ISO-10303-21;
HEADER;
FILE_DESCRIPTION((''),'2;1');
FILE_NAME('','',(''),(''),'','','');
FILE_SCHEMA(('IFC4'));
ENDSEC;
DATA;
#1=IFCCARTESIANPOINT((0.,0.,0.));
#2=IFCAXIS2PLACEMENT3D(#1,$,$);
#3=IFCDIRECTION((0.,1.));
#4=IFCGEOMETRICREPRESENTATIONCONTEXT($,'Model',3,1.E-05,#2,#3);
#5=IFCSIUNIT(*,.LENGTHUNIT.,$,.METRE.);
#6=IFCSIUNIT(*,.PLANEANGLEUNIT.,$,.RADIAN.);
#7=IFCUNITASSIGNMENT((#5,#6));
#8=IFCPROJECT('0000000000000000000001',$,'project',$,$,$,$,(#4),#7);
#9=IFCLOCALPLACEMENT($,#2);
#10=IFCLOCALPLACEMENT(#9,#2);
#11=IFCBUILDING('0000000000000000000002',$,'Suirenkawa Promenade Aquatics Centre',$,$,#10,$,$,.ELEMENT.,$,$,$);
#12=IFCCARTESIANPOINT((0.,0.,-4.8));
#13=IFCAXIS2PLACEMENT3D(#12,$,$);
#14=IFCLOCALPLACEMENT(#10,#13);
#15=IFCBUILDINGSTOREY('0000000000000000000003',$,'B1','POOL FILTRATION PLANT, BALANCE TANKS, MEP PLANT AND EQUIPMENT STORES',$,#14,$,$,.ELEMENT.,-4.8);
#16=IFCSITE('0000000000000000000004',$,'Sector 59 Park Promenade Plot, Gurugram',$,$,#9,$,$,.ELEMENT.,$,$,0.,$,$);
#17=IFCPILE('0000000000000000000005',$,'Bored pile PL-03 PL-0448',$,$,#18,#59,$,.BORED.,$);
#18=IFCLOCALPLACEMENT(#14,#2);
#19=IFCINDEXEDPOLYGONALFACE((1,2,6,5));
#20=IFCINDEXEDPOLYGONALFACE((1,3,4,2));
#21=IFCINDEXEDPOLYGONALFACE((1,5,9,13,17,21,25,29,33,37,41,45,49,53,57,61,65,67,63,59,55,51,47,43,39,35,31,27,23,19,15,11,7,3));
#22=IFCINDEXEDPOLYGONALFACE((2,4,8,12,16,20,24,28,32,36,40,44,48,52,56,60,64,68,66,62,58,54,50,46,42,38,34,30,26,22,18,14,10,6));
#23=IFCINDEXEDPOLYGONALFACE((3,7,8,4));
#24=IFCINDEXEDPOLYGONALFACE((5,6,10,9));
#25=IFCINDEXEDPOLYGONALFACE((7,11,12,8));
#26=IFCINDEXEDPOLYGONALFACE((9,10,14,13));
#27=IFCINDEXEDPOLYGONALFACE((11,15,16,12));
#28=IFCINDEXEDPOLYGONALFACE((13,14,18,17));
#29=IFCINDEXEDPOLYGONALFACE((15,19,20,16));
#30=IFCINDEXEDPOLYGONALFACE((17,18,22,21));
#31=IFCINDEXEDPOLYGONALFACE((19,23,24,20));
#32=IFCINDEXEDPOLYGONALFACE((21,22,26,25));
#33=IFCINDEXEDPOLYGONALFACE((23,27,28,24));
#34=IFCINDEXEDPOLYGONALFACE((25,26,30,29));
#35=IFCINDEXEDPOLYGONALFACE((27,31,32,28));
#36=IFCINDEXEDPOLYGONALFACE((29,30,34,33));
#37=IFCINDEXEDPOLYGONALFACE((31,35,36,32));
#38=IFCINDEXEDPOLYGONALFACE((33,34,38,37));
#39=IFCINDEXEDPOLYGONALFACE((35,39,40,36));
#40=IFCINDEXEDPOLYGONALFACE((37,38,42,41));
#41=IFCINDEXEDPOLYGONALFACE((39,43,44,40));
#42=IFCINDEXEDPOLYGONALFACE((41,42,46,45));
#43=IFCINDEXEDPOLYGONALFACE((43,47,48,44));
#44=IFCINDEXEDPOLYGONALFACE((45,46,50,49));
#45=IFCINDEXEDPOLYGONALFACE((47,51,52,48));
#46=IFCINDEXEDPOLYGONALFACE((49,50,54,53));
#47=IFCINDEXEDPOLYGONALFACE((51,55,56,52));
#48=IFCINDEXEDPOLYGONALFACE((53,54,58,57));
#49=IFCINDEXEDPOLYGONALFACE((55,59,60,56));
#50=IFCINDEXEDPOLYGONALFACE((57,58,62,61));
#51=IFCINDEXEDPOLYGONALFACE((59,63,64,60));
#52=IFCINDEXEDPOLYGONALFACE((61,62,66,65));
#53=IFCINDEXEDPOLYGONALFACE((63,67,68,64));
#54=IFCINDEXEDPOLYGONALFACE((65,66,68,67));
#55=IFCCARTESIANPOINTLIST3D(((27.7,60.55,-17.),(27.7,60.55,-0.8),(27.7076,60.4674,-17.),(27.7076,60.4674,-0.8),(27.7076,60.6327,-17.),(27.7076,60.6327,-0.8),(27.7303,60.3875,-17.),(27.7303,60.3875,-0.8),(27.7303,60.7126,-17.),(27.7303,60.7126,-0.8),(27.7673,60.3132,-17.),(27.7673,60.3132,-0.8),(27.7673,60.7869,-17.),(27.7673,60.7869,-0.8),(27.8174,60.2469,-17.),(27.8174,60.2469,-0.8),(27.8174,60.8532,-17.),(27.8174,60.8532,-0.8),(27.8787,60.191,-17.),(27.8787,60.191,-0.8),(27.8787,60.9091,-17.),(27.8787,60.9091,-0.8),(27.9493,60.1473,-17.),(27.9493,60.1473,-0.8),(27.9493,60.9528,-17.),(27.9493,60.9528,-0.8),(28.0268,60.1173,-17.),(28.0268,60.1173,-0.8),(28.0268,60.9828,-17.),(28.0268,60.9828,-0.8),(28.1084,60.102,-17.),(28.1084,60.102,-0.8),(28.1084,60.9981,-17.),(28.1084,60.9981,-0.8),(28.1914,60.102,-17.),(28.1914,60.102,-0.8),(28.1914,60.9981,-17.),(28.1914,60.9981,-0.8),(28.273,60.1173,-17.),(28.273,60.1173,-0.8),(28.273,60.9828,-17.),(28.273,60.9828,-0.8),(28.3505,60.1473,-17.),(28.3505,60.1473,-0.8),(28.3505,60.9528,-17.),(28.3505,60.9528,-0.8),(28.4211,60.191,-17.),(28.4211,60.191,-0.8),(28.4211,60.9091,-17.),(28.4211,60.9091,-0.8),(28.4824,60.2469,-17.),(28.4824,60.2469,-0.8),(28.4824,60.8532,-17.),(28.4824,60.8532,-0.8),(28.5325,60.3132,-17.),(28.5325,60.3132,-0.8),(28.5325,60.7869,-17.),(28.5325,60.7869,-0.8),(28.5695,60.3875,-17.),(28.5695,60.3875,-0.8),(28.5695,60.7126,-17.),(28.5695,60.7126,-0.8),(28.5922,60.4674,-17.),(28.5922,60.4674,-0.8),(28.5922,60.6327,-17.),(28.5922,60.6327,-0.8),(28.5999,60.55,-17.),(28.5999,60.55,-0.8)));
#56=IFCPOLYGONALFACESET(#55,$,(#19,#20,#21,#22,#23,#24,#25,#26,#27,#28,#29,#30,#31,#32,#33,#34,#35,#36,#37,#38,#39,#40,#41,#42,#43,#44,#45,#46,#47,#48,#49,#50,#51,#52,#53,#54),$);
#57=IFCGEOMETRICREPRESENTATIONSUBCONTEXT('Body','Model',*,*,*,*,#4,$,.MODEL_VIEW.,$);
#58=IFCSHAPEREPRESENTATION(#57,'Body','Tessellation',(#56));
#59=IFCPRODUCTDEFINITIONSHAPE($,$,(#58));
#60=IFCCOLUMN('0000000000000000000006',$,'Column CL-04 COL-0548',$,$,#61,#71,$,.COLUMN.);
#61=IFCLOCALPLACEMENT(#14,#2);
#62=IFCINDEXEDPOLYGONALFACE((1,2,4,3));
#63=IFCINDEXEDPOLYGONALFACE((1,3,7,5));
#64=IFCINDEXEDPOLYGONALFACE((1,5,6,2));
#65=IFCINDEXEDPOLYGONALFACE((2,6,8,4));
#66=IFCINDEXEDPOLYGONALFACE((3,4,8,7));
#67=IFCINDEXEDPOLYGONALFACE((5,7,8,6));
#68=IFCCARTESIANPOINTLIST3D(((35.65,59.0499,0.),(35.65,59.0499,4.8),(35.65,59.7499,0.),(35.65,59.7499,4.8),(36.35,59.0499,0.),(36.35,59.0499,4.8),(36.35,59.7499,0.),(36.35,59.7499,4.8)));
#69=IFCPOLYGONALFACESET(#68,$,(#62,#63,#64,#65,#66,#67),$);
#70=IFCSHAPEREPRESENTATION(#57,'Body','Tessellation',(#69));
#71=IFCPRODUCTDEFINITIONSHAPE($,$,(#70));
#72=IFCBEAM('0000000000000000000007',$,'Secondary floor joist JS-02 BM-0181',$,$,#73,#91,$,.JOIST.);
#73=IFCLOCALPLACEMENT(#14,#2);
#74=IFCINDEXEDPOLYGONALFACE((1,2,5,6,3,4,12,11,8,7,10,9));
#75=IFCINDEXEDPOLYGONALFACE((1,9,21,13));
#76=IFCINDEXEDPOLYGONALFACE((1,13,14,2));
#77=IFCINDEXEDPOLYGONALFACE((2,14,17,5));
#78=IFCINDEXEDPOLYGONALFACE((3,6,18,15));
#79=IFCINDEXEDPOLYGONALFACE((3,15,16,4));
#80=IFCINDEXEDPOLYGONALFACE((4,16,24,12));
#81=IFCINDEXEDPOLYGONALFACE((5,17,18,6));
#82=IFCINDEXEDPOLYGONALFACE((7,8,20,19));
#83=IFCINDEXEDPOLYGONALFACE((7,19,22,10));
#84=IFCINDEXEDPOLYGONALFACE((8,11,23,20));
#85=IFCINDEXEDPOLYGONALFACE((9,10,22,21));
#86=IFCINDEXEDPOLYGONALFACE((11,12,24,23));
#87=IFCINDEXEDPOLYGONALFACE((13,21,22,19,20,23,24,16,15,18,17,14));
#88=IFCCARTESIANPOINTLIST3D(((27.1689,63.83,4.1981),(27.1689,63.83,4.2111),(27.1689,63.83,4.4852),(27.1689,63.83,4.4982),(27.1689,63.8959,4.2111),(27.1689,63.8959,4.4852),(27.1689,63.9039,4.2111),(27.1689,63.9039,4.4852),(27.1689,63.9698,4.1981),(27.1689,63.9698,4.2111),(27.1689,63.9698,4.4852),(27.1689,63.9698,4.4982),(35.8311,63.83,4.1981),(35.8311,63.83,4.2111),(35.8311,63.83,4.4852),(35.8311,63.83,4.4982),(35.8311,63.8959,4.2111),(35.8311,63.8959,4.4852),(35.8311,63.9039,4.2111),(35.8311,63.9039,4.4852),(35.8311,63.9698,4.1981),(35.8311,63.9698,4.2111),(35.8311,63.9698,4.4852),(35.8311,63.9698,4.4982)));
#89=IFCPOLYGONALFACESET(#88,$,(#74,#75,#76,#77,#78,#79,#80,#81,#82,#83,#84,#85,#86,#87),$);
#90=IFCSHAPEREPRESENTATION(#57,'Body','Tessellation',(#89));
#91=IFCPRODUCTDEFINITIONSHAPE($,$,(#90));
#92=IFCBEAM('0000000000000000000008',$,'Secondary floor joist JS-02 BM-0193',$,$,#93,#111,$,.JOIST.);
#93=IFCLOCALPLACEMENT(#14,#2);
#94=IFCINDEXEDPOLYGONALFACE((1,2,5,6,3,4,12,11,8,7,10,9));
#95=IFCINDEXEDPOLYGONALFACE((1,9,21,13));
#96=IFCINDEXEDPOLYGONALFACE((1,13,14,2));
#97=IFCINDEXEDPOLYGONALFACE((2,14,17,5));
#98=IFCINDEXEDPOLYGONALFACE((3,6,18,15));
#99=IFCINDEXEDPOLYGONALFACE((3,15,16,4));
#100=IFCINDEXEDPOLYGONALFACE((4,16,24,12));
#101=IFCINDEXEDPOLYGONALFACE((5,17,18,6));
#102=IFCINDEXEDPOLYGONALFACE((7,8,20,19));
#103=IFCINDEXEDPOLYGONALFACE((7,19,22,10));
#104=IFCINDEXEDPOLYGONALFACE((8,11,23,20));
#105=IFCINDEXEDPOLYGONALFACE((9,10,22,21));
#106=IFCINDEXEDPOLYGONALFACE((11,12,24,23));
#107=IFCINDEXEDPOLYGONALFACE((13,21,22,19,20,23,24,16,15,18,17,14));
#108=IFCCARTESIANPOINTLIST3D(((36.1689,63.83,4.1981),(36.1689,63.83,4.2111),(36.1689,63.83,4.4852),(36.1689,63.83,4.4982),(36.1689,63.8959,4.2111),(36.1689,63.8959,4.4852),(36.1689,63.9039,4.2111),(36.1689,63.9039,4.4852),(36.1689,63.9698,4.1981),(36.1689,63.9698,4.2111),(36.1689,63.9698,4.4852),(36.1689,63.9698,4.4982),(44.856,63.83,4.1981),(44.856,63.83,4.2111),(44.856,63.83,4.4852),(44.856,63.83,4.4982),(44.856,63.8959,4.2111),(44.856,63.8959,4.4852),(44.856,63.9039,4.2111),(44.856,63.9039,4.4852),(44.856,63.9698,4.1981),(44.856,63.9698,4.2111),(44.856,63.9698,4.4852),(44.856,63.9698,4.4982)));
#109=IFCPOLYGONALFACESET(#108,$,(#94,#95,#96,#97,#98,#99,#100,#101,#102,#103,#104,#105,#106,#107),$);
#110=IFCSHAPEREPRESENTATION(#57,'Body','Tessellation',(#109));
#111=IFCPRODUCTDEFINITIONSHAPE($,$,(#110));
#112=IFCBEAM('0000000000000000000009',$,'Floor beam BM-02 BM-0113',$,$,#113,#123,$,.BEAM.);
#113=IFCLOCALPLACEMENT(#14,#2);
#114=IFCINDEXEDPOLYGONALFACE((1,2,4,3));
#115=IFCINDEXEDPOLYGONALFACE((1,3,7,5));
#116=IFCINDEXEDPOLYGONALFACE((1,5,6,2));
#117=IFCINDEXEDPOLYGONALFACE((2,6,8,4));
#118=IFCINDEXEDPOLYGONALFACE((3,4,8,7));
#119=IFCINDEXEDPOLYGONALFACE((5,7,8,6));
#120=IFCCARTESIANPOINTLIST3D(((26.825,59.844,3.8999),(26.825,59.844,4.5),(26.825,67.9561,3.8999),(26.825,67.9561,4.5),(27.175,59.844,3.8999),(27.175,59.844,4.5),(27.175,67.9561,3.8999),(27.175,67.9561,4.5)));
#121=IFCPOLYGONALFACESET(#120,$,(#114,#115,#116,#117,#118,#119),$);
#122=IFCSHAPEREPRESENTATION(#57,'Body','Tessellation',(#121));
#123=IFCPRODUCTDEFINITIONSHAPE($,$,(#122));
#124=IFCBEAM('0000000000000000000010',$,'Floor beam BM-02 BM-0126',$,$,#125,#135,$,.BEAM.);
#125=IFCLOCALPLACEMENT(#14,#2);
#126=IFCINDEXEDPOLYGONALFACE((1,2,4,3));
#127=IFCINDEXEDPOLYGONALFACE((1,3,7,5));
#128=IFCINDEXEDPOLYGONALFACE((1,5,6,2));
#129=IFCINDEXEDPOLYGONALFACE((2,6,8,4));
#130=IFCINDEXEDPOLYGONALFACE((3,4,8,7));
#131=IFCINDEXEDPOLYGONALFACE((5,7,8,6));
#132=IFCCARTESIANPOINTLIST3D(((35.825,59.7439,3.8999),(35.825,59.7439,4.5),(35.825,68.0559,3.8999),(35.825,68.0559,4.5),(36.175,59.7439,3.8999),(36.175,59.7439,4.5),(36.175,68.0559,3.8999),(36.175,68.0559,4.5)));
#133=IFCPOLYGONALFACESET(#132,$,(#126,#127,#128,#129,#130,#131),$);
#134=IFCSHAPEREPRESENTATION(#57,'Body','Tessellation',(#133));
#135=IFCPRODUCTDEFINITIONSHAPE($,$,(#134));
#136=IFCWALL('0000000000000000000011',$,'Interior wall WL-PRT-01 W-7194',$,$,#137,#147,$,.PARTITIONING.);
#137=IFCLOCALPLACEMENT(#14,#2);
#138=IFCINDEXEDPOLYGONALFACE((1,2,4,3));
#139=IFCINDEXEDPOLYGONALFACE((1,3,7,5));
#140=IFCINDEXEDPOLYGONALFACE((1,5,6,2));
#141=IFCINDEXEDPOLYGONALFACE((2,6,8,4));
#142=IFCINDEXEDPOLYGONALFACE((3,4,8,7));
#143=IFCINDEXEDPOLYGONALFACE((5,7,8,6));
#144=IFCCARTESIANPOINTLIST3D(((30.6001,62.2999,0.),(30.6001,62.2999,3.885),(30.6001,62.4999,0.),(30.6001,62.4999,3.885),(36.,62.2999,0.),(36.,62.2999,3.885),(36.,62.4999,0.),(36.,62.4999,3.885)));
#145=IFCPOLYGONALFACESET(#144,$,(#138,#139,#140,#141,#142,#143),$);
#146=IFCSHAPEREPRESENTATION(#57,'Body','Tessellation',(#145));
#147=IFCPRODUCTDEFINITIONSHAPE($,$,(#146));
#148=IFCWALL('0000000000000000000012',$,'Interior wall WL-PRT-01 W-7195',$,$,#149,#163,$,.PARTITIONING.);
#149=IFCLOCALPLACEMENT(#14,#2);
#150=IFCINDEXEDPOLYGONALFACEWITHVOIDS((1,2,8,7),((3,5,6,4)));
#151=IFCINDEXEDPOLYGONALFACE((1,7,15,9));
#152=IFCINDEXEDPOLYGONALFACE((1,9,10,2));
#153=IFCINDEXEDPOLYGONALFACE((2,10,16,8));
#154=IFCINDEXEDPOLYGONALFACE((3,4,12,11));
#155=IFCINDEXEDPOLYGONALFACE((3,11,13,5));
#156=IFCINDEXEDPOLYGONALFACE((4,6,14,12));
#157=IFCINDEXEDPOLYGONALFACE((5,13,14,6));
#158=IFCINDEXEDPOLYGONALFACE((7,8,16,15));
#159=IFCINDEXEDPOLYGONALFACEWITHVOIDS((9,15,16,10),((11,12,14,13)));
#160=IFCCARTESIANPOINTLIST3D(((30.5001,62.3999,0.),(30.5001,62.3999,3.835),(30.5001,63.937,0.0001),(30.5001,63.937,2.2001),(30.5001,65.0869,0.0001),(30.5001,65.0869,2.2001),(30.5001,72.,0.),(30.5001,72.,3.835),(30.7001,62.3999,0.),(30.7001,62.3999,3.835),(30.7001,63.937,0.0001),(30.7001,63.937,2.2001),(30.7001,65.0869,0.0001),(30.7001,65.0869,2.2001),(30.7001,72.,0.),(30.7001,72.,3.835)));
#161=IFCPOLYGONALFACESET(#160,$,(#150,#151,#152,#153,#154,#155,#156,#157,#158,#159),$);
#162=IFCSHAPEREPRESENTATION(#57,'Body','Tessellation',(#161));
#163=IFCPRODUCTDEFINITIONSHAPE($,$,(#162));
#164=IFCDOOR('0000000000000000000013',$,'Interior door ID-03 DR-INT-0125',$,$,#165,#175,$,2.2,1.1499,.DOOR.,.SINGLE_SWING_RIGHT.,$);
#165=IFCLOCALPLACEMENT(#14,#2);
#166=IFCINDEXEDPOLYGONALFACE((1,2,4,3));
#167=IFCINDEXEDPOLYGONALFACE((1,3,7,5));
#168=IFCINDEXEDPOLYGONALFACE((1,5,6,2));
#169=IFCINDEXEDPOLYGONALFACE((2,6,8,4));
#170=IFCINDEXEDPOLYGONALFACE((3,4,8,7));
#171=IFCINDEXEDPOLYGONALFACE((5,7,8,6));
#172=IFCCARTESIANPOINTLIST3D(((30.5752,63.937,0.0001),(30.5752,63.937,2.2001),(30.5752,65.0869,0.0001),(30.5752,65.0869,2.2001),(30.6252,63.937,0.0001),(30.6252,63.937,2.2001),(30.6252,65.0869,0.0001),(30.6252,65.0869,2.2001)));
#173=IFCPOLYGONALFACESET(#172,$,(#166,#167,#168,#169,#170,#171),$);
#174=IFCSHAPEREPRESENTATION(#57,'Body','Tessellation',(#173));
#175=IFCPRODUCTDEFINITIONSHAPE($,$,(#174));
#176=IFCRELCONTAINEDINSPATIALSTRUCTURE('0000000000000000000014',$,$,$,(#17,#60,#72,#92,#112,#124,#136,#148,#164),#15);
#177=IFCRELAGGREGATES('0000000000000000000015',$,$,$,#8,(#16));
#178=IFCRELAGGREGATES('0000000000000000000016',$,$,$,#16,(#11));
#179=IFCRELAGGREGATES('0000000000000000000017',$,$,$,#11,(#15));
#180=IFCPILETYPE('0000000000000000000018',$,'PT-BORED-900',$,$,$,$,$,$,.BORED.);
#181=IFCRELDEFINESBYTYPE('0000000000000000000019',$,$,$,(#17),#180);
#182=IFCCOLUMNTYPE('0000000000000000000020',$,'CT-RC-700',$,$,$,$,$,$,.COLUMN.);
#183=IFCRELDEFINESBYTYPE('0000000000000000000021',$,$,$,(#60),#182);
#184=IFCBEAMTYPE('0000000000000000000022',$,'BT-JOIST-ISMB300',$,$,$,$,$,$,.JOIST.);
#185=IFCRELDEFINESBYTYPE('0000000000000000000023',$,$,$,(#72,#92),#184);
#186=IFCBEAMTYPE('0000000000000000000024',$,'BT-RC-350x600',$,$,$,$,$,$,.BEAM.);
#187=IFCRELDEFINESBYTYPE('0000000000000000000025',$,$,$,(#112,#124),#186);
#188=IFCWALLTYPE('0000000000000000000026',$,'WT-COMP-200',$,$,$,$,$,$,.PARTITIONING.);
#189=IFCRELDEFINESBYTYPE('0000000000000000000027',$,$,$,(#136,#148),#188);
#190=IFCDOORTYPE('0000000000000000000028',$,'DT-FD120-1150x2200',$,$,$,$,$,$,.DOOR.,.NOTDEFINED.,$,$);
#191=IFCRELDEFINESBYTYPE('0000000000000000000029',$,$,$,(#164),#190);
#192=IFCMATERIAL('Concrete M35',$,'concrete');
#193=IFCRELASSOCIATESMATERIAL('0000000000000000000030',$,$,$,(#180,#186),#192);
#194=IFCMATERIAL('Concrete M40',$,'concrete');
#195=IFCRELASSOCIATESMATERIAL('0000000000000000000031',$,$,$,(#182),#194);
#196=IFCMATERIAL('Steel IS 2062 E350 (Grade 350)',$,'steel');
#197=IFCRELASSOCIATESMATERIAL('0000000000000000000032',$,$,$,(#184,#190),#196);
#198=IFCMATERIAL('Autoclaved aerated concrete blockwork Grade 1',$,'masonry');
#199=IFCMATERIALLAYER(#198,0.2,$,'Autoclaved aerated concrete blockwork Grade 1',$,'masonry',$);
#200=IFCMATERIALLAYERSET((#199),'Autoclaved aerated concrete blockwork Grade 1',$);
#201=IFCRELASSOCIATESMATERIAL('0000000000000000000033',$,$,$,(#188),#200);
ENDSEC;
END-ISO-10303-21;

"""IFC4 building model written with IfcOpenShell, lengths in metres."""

from ifc_helpers import new_model, si_unit, direction, frame, frame_2d, origin, origin_2d, place, context, subcontext, project, spatial, rectangle, circle, i_section, extrude, material, layer, layer_set, material_profile, profile_set, type_object, element, fill, save


model = new_model("IFC4")

# Units and contexts
model_context = context("Model", 3, precision=1e-05, world=origin(), true_north=direction((0.0, 1.0)))
body_context = subcontext(model_context, "Body", "Model", "MODEL_VIEW")
ifc_project = project(units=[si_unit("LENGTHUNIT", "METRE"), si_unit("PLANEANGLEUNIT", "RADIAN")], contexts=[model_context])

# Site, building, storey
site_placement = place(None, origin())
site = spatial("IfcSite", under=ifc_project, at=site_placement, Name="Sector 59 Park Promenade Plot, Gurugram", CompositionType="ELEMENT", RefElevation=0.0)
building_placement = place(site_placement, origin())
building = spatial("IfcBuilding", under=site, at=building_placement, Name="Suirenkawa Promenade Aquatics Centre", CompositionType="ELEMENT")
storey_placement = place(building_placement, frame((0.0, 0.0, -4.8)))
storey = spatial("IfcBuildingStorey", under=building, at=storey_placement, Name="B1", Description="POOL FILTRATION PLANT, BALANCE TANKS, MEP PLANT AND EQUIPMENT STORES", CompositionType="ELEMENT", Elevation=-4.8)

# Shared definitions
ifc_material_1 = material(Name="Concrete M35", Category="concrete")

# Pile
ifc_material_profile_1 = material_profile(ifc_material_1, circle(Radius=0.45, at=origin_2d()), Name="PILE D900", Category="concrete")
ifc_profile_set_1 = profile_set([ifc_material_profile_1], Name="Concrete M35")
pile_type_1 = type_object("IfcPileType", Name="PT-BORED-900", PredefinedType="BORED", material=ifc_profile_set_1)
for number, where, z_axis, x_axis, name in (
    (1, (28.1499, 60.55, -0.8), (0.0, 0.0, -1.0), (1.0, 0.0, 0.0), "Bored pile PL-03 PL-0448"),
):
    element("IfcPile", number, at=place(storey_placement, frame(where, z_axis=z_axis, x_axis=x_axis)), inside=storey, type_object=pile_type_1, Name=name, PredefinedType="BORED", context=body_context, shape_type="SweptSolid", body=[
        extrude(circle(Radius=0.45, at=origin_2d()), origin(), (0.0, 0.0, 1.0), 16.2),
    ])

# Column
ifc_material_2 = material(Name="Concrete M40", Category="concrete")
ifc_material_profile_2 = material_profile(ifc_material_2, rectangle(XDim=0.7, YDim=0.7, at=origin_2d()), Name="RC COL 700x700", Category="concrete")
ifc_profile_set_2 = profile_set([ifc_material_profile_2], Name="Concrete M40")
column_type = type_object("IfcColumnType", Name="CT-RC-700", PredefinedType="COLUMN", material=ifc_profile_set_2)
column_placement = place(storey_placement, frame((36.0, 59.3999, 0.0), z_axis=(0.0, 0.0, 1.0), x_axis=(1.0, 0.0, 0.0)))
element("IfcColumn", 2, at=column_placement, inside=storey, type_object=column_type, Name="Column CL-04 COL-0548", PredefinedType="COLUMN", context=body_context, shape_type="SweptSolid", body=[
    extrude(rectangle(XDim=0.7, YDim=0.7, at=origin_2d()), origin(), (0.0, 0.0, 1.0), 4.8),
])

# Beams
ifc_material_3 = material(Name="Steel IS 2062 E350 (Grade 350)", Category="steel")
ifc_material_profile_3 = material_profile(ifc_material_3, i_section(OverallWidth=0.1399, OverallDepth=0.3, WebThickness=0.0081, FlangeThickness=0.0129, at=origin_2d()), Name="ISMB 300", Category="steel")
ifc_profile_set_3 = profile_set([ifc_material_profile_3], Name="Steel IS 2062 E350 (Grade 350)")
beam_type_1 = type_object("IfcBeamType", Name="BT-JOIST-ISMB300", PredefinedType="JOIST", material=ifc_profile_set_3)
beam_1_placement = place(storey_placement, frame((27.1689, 63.8999, 4.3481), z_axis=(1.0, 0.0, 0.0), x_axis=(0.0, 1.0, 0.0)))
element("IfcBeam", 3, at=beam_1_placement, inside=storey, type_object=beam_type_1, Name="Secondary floor joist JS-02 BM-0181", PredefinedType="JOIST", context=body_context, shape_type="SweptSolid", body=[
    extrude(i_section(OverallWidth=0.1399, OverallDepth=0.3, WebThickness=0.0081, FlangeThickness=0.0129, at=origin_2d()), origin(), (0.0, 0.0, 1.0), 8.6621),
])
beam_2_placement = place(storey_placement, frame((36.1689, 63.8999, 4.3481), z_axis=(1.0, 0.0, 0.0), x_axis=(0.0, 1.0, 0.0)))
element("IfcBeam", 4, at=beam_2_placement, inside=storey, type_object=beam_type_1, Name="Secondary floor joist JS-02 BM-0193", PredefinedType="JOIST", context=body_context, shape_type="SweptSolid", body=[
    extrude(i_section(OverallWidth=0.1399, OverallDepth=0.3, WebThickness=0.0081, FlangeThickness=0.0129, at=origin_2d()), origin(), (0.0, 0.0, 1.0), 8.687),
])
ifc_material_profile_4 = material_profile(ifc_material_1, rectangle(XDim=0.3501, YDim=0.6001, at=origin_2d()), Name="RC BM 350x600", Category="concrete")
ifc_profile_set_4 = profile_set([ifc_material_profile_4], Name="Concrete M35")
beam_type_2 = type_object("IfcBeamType", Name="BT-RC-350x600", PredefinedType="BEAM", material=ifc_profile_set_4)
beam_3_placement = place(storey_placement, frame((27.0, 59.844, 4.2), z_axis=(0.0, 1.0, 0.0), x_axis=(-1.0, 0.0, 0.0)))
element("IfcBeam", 5, at=beam_3_placement, inside=storey, type_object=beam_type_2, Name="Floor beam BM-02 BM-0113", PredefinedType="BEAM", context=body_context, shape_type="SweptSolid", body=[
    extrude(rectangle(XDim=0.3501, YDim=0.6001, at=origin_2d()), origin(), (0.0, 0.0, 1.0), 8.1121),
])
beam_4_placement = place(storey_placement, frame((36.0, 59.7439, 4.2), z_axis=(0.0, 1.0, 0.0), x_axis=(-1.0, 0.0, 0.0)))
element("IfcBeam", 6, at=beam_4_placement, inside=storey, type_object=beam_type_2, Name="Floor beam BM-02 BM-0126", PredefinedType="BEAM", context=body_context, shape_type="SweptSolid", body=[
    extrude(rectangle(XDim=0.3501, YDim=0.6001, at=origin_2d()), origin(), (0.0, 0.0, 1.0), 8.312),
])

# Wall
ifc_material_4 = material(Name="Autoclaved aerated concrete blockwork Grade 1", Category="masonry")
ifc_layer_1 = layer(ifc_material_4, 0.2, Name="Autoclaved aerated concrete blockwork Grade 1", Category="masonry")
ifc_layer_set_1 = layer_set([ifc_layer_1], Name="Autoclaved aerated concrete blockwork Grade 1")
wall_type_1 = type_object("IfcWallType", Name="WT-COMP-200", PredefinedType="PARTITIONING", material=ifc_layer_set_1)
wall_1_placement = place(storey_placement, frame((30.6001, 62.3999, 0.0), z_axis=(0.0, 0.0, 1.0), x_axis=(1.0, 0.0, 0.0)))
element("IfcWall", 7, at=wall_1_placement, inside=storey, type_object=wall_type_1, Name="Interior wall WL-PRT-01 W-7194", PredefinedType="PARTITIONING", context=body_context, shape_type="SweptSolid", body=[
    extrude(rectangle(XDim=5.3999, YDim=0.2, at=frame_2d((2.7, 0.0))), origin(), (0.0, 0.0, 1.0), 3.885),
])

# Wall, opening, door
wall_2_placement = place(storey_placement, frame((30.6001, 62.3999, 0.0), z_axis=(0.0, 0.0, 1.0), x_axis=(0.0, 1.0, 0.0)))
wall_2 = element("IfcWall", 8, at=wall_2_placement, inside=storey, type_object=wall_type_1, Name="Interior wall WL-PRT-01 W-7195", PredefinedType="PARTITIONING", context=body_context, shape_type="SweptSolid", body=[
    extrude(rectangle(XDim=9.6001, YDim=0.2, at=frame_2d((4.8, 0.0))), origin(), (0.0, 0.0, 1.0), 3.835),
])
opening_1_placement = place(wall_2_placement, frame((1.5371, 0.0, 0.0)))
opening_1 = element("IfcOpeningElement", 9, at=opening_1_placement, cuts=wall_2, PredefinedType="OPENING", context=body_context, shape_type="SweptSolid", body=[
    extrude(rectangle(XDim=1.1499, YDim=2.2, at=frame_2d((0.575, 1.1001))), frame((0.0, 0.1099, 0.0), z_axis=(0.0, -1.0, 0.0), x_axis=(1.0, 0.0, 0.0)), (0.0, 0.0, 1.0), 0.22),
])
door_type_1 = type_object("IfcDoorType", Name="DT-FD120-1150x2200", OperationType="NOTDEFINED", PredefinedType="DOOR", material=ifc_material_3)
door_1_placement = place(opening_1_placement, origin())
door_1 = element("IfcDoor", 10, at=door_1_placement, inside=storey, type_object=door_type_1, Name="Interior door ID-03 DR-INT-0125", OperationType="SINGLE_SWING_RIGHT", OverallHeight=2.2, OverallWidth=1.1499, PredefinedType="DOOR", context=body_context, shape_type="SweptSolid", body=[
    extrude(rectangle(XDim=1.1499, YDim=2.2, at=frame_2d((0.575, 1.1001))), frame((0.0, 0.0249, 0.0), z_axis=(0.0, -1.0, 0.0), x_axis=(1.0, 0.0, 0.0)), (0.0, 0.0, 1.0), 0.05),
])
fill(opening_1, door_1)

save(model, "model.ifc")
